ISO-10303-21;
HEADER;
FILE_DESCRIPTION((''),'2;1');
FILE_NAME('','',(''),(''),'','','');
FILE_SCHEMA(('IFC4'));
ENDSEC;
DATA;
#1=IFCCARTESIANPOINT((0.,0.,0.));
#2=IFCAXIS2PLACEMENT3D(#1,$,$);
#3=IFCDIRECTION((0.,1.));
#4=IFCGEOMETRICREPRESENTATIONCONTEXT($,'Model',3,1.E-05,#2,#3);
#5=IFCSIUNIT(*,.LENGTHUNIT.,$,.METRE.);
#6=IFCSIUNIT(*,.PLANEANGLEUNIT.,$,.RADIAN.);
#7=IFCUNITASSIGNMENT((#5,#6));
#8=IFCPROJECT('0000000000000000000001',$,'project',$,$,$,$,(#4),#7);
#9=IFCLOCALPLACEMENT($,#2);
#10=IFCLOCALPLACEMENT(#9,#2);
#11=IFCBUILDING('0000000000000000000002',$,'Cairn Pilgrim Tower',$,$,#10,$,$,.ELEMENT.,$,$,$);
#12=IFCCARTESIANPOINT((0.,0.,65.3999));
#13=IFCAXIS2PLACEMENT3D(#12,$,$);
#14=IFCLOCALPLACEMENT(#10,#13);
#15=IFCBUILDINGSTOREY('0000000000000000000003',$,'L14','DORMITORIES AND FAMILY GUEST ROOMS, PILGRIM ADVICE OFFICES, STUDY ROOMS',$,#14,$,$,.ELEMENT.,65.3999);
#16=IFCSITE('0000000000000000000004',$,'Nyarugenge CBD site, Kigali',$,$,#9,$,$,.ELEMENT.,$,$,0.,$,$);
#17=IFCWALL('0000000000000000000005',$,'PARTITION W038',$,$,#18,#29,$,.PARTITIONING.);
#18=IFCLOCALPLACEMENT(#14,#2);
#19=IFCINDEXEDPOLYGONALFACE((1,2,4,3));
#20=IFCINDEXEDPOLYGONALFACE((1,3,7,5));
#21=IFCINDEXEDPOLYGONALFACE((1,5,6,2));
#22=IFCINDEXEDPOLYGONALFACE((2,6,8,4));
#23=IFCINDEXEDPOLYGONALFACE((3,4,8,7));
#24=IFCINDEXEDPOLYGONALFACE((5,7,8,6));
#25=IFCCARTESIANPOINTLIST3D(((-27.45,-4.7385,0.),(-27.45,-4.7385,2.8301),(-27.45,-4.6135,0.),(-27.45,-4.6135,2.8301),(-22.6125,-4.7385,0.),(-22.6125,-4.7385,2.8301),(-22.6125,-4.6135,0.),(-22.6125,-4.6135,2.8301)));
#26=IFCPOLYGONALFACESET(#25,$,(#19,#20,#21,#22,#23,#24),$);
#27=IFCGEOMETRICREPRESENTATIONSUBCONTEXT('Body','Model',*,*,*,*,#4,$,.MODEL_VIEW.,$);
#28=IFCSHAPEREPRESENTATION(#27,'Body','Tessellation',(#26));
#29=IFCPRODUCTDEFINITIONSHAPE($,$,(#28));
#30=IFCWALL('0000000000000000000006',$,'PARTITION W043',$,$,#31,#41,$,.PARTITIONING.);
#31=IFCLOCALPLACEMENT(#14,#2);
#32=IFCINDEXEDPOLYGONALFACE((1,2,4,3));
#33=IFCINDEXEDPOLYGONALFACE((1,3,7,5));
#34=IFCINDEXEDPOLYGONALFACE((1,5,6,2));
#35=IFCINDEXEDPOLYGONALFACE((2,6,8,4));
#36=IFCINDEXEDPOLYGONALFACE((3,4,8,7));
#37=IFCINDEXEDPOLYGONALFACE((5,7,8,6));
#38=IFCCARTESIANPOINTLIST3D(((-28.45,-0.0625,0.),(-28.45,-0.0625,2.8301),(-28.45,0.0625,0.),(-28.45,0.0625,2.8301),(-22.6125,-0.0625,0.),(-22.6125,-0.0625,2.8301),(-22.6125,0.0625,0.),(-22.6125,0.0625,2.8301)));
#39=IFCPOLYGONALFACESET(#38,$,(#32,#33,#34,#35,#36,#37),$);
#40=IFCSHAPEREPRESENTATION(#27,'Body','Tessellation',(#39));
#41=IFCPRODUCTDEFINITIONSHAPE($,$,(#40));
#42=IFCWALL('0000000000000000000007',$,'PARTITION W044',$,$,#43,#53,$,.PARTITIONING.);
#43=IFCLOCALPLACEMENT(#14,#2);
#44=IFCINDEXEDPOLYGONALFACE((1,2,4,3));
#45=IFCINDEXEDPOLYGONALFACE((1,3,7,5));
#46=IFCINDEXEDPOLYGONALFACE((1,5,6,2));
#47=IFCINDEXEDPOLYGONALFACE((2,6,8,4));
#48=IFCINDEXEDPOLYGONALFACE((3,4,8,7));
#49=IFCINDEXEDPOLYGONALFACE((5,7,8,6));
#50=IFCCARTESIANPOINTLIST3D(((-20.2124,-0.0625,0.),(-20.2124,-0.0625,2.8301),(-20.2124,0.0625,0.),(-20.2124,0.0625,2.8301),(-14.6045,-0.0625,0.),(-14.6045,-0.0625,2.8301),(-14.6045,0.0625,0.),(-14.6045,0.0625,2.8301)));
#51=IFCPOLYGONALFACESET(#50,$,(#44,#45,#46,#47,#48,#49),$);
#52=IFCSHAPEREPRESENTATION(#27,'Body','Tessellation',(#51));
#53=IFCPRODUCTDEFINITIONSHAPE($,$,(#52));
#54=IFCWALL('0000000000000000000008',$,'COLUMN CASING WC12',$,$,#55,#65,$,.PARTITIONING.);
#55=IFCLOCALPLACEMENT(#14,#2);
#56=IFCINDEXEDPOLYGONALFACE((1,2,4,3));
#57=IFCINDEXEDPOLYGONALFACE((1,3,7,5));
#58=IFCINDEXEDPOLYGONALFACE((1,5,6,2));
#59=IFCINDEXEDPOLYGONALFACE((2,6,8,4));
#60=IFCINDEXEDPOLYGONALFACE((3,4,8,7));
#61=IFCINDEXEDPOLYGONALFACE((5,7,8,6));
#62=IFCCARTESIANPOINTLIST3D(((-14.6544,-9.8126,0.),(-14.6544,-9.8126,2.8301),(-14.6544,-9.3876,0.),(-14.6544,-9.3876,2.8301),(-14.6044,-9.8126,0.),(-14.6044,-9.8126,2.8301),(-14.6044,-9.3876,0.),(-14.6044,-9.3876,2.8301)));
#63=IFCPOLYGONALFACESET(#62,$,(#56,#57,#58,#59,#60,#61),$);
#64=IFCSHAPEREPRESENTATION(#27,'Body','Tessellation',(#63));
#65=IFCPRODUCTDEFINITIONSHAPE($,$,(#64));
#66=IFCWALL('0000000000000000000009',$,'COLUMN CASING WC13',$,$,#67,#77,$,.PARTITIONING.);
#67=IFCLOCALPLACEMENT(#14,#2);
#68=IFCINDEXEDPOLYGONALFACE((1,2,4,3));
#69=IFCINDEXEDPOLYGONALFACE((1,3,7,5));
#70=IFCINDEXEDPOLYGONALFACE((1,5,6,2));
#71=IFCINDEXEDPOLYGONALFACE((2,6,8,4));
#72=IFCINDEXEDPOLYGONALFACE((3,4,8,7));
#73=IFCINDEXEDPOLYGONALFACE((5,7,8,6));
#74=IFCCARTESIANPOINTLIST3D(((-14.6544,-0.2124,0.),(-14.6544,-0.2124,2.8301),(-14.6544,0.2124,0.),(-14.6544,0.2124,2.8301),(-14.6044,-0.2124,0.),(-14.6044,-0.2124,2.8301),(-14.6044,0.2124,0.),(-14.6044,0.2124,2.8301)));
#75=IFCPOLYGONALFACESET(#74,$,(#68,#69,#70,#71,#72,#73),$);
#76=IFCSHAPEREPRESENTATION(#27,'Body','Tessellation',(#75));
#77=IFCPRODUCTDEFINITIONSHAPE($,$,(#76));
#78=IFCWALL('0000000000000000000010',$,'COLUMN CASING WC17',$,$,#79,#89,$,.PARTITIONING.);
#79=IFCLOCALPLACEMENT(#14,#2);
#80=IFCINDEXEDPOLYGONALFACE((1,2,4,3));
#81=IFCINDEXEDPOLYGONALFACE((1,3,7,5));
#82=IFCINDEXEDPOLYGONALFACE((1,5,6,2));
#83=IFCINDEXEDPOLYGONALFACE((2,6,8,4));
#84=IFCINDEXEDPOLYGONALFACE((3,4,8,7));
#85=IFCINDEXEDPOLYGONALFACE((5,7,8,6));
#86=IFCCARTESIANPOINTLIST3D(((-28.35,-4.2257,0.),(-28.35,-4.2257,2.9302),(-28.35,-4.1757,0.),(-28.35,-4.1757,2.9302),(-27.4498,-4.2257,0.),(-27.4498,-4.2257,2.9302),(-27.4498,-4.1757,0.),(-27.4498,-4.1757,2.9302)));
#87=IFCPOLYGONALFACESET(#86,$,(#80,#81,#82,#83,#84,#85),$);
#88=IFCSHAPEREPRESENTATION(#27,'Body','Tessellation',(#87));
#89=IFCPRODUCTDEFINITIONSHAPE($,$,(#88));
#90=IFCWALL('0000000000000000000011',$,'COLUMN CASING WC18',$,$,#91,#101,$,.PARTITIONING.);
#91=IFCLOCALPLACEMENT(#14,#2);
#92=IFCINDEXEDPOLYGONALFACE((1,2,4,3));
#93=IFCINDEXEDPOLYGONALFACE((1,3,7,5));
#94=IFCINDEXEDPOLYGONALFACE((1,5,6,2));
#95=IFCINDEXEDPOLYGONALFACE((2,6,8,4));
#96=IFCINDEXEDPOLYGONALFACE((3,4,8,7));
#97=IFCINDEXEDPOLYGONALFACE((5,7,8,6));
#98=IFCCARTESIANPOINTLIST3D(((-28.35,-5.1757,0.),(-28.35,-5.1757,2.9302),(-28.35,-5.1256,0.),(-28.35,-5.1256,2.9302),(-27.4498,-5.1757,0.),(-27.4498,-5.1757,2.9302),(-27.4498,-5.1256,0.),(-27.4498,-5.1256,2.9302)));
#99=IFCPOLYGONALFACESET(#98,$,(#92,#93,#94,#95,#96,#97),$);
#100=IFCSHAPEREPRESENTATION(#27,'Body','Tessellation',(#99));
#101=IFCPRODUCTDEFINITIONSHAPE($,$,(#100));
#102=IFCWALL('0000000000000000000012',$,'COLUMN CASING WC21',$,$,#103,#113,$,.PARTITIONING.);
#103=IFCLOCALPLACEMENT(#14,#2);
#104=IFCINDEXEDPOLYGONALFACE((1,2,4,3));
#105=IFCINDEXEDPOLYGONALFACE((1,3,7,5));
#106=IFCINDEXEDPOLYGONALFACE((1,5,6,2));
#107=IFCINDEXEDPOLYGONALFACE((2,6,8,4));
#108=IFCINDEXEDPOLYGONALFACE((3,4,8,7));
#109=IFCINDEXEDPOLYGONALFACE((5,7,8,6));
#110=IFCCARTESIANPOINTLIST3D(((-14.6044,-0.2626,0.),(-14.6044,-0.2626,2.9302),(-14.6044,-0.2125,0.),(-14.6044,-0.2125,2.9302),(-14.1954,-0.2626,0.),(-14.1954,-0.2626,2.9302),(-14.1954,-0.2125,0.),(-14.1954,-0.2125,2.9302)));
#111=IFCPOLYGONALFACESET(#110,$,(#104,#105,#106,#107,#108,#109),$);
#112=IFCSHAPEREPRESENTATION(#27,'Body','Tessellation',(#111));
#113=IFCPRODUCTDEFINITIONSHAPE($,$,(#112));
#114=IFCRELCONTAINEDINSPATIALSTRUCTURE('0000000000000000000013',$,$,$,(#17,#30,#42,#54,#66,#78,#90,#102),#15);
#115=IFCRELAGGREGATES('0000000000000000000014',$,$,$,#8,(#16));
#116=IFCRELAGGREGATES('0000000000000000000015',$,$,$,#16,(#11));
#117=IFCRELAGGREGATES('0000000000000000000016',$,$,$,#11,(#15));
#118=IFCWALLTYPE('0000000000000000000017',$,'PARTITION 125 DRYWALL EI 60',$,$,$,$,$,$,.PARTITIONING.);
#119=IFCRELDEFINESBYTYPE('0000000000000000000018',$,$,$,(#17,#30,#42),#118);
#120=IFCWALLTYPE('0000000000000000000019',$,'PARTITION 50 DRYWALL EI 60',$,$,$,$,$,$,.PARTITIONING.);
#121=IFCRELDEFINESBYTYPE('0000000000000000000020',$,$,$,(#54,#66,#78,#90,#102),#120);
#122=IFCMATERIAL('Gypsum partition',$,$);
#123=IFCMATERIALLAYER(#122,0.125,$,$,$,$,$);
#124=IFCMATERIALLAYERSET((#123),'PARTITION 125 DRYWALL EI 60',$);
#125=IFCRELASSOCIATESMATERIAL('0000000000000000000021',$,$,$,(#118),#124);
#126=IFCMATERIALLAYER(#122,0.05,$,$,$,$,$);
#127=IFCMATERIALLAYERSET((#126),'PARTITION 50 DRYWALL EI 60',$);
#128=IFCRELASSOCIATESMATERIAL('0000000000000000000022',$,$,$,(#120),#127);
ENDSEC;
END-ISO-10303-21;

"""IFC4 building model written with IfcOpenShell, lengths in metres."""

from ifc_helpers import new_model, si_unit, direction, frame, frame_2d, origin, place, context, subcontext, project, spatial, rectangle, extrude, material, layer, layer_set, type_object, element, save


model = new_model("IFC4")

# Units and contexts
model_context = context("Model", 3, precision=1e-05, world=origin(), true_north=direction((0.0, 1.0)))
body_context = subcontext(model_context, "Body", "Model", "MODEL_VIEW")
ifc_project = project(units=[si_unit("LENGTHUNIT", "METRE"), si_unit("PLANEANGLEUNIT", "RADIAN")], contexts=[model_context])

# Site, building, storey
site_placement = place(None, origin())
site = spatial("IfcSite", under=ifc_project, at=site_placement, Name="Nyarugenge CBD site, Kigali", CompositionType="ELEMENT", RefElevation=0.0)
building_placement = place(site_placement, origin())
building = spatial("IfcBuilding", under=site, at=building_placement, Name="Cairn Pilgrim Tower", CompositionType="ELEMENT")
storey_placement = place(building_placement, frame((0.0, 0.0, 65.3999)))
storey = spatial("IfcBuildingStorey", under=building, at=storey_placement, Name="L14", Description="DORMITORIES AND FAMILY GUEST ROOMS, PILGRIM ADVICE OFFICES, STUDY ROOMS", CompositionType="ELEMENT", Elevation=65.3999)

# Shared definitions
ifc_material_1 = material(Name="Gypsum partition")
ifc_layer_1 = layer(ifc_material_1, 0.125)
ifc_layer_set_1 = layer_set([ifc_layer_1], Name="PARTITION 125 DRYWALL EI 60")
wall_type_1 = type_object("IfcWallType", Name="PARTITION 125 DRYWALL EI 60", PredefinedType="PARTITIONING", material=ifc_layer_set_1)

# Walls
wall_1_placement = place(storey_placement, frame((-27.45, -4.676, 0.0), z_axis=(0.0, 0.0, 1.0), x_axis=(1.0, 0.0, 0.0)))
element("IfcWall", 1, at=wall_1_placement, inside=storey, type_object=wall_type_1, Name="PARTITION W038", PredefinedType="PARTITIONING", context=body_context, shape_type="SweptSolid", body=[
    extrude(rectangle(XDim=4.8374, YDim=0.125, at=frame_2d((2.4187, 0.0))), origin(), (0.0, 0.0, 1.0), 2.8301),
])
wall_2_placement = place(storey_placement, frame((-28.45, 0.0, 0.0), z_axis=(0.0, 0.0, 1.0), x_axis=(1.0, 0.0, 0.0)))
element("IfcWall", 2, at=wall_2_placement, inside=storey, type_object=wall_type_1, Name="PARTITION W043", PredefinedType="PARTITIONING", context=body_context, shape_type="SweptSolid", body=[
    extrude(rectangle(XDim=5.8374, YDim=0.125, at=frame_2d((2.9187, 0.0))), origin(), (0.0, 0.0, 1.0), 2.8301),
])
wall_3_placement = place(storey_placement, frame((-20.2124, 0.0, 0.0), z_axis=(0.0, 0.0, 1.0), x_axis=(1.0, 0.0, 0.0)))
element("IfcWall", 3, at=wall_3_placement, inside=storey, type_object=wall_type_1, Name="PARTITION W044", PredefinedType="PARTITIONING", context=body_context, shape_type="SweptSolid", body=[
    extrude(rectangle(XDim=5.6079, YDim=0.125, at=frame_2d((2.804, 0.0))), origin(), (0.0, 0.0, 1.0), 2.8301),
])
ifc_layer_2 = layer(ifc_material_1, 0.05)
ifc_layer_set_2 = layer_set([ifc_layer_2], Name="PARTITION 50 DRYWALL EI 60")
wall_type_2 = type_object("IfcWallType", Name="PARTITION 50 DRYWALL EI 60", PredefinedType="PARTITIONING", material=ifc_layer_set_2)
wall_4_placement = place(storey_placement, frame((-14.6294, -9.8125, 0.0), z_axis=(0.0, 0.0, 1.0), x_axis=(0.0, 1.0, 0.0)))
element("IfcWall", 4, at=wall_4_placement, inside=storey, type_object=wall_type_2, Name="COLUMN CASING WC12", PredefinedType="PARTITIONING", context=body_context, shape_type="SweptSolid", body=[
    extrude(rectangle(XDim=0.425, YDim=0.05, at=frame_2d((0.2124, 0.0))), origin(), (0.0, 0.0, 1.0), 2.8301),
])
wall_5_placement = place(storey_placement, frame((-14.6294, -0.2124, 0.0), z_axis=(0.0, 0.0, 1.0), x_axis=(0.0, 1.0, 0.0)))
element("IfcWall", 5, at=wall_5_placement, inside=storey, type_object=wall_type_2, Name="COLUMN CASING WC13", PredefinedType="PARTITIONING", context=body_context, shape_type="SweptSolid", body=[
    extrude(rectangle(XDim=0.4248, YDim=0.05, at=frame_2d((0.2124, 0.0))), origin(), (0.0, 0.0, 1.0), 2.8301),
])
for number, where, z_axis, x_axis, name in (
    (6, (-28.3501, -4.2007, 0.0), (0.0, 0.0, 1.0), (1.0, 0.0, 0.0), "COLUMN CASING WC17"),
    (7, (-28.3501, -5.1506, 0.0), (0.0, 0.0, 1.0), (1.0, 0.0, 0.0), "COLUMN CASING WC18"),
):
    element("IfcWall", number, at=place(storey_placement, frame(where, z_axis=z_axis, x_axis=x_axis)), inside=storey, type_object=wall_type_2, Name=name, PredefinedType="PARTITIONING", context=body_context, shape_type="SweptSolid", body=[
        extrude(rectangle(XDim=0.9001, YDim=0.05, at=frame_2d((0.4502, 0.0))), origin(), (0.0, 0.0, 1.0), 2.9302),
    ])
wall_6_placement = place(storey_placement, frame((-14.6045, -0.2375, 0.0), z_axis=(0.0, 0.0, 1.0), x_axis=(1.0, 0.0, 0.0)))
element("IfcWall", 8, at=wall_6_placement, inside=storey, type_object=wall_type_2, Name="COLUMN CASING WC21", PredefinedType="PARTITIONING", context=body_context, shape_type="SweptSolid", body=[
    extrude(rectangle(XDim=0.4089, YDim=0.05, at=frame_2d((0.2046, 0.0))), origin(), (0.0, 0.0, 1.0), 2.9302),
])

save(model, "model.ifc")
